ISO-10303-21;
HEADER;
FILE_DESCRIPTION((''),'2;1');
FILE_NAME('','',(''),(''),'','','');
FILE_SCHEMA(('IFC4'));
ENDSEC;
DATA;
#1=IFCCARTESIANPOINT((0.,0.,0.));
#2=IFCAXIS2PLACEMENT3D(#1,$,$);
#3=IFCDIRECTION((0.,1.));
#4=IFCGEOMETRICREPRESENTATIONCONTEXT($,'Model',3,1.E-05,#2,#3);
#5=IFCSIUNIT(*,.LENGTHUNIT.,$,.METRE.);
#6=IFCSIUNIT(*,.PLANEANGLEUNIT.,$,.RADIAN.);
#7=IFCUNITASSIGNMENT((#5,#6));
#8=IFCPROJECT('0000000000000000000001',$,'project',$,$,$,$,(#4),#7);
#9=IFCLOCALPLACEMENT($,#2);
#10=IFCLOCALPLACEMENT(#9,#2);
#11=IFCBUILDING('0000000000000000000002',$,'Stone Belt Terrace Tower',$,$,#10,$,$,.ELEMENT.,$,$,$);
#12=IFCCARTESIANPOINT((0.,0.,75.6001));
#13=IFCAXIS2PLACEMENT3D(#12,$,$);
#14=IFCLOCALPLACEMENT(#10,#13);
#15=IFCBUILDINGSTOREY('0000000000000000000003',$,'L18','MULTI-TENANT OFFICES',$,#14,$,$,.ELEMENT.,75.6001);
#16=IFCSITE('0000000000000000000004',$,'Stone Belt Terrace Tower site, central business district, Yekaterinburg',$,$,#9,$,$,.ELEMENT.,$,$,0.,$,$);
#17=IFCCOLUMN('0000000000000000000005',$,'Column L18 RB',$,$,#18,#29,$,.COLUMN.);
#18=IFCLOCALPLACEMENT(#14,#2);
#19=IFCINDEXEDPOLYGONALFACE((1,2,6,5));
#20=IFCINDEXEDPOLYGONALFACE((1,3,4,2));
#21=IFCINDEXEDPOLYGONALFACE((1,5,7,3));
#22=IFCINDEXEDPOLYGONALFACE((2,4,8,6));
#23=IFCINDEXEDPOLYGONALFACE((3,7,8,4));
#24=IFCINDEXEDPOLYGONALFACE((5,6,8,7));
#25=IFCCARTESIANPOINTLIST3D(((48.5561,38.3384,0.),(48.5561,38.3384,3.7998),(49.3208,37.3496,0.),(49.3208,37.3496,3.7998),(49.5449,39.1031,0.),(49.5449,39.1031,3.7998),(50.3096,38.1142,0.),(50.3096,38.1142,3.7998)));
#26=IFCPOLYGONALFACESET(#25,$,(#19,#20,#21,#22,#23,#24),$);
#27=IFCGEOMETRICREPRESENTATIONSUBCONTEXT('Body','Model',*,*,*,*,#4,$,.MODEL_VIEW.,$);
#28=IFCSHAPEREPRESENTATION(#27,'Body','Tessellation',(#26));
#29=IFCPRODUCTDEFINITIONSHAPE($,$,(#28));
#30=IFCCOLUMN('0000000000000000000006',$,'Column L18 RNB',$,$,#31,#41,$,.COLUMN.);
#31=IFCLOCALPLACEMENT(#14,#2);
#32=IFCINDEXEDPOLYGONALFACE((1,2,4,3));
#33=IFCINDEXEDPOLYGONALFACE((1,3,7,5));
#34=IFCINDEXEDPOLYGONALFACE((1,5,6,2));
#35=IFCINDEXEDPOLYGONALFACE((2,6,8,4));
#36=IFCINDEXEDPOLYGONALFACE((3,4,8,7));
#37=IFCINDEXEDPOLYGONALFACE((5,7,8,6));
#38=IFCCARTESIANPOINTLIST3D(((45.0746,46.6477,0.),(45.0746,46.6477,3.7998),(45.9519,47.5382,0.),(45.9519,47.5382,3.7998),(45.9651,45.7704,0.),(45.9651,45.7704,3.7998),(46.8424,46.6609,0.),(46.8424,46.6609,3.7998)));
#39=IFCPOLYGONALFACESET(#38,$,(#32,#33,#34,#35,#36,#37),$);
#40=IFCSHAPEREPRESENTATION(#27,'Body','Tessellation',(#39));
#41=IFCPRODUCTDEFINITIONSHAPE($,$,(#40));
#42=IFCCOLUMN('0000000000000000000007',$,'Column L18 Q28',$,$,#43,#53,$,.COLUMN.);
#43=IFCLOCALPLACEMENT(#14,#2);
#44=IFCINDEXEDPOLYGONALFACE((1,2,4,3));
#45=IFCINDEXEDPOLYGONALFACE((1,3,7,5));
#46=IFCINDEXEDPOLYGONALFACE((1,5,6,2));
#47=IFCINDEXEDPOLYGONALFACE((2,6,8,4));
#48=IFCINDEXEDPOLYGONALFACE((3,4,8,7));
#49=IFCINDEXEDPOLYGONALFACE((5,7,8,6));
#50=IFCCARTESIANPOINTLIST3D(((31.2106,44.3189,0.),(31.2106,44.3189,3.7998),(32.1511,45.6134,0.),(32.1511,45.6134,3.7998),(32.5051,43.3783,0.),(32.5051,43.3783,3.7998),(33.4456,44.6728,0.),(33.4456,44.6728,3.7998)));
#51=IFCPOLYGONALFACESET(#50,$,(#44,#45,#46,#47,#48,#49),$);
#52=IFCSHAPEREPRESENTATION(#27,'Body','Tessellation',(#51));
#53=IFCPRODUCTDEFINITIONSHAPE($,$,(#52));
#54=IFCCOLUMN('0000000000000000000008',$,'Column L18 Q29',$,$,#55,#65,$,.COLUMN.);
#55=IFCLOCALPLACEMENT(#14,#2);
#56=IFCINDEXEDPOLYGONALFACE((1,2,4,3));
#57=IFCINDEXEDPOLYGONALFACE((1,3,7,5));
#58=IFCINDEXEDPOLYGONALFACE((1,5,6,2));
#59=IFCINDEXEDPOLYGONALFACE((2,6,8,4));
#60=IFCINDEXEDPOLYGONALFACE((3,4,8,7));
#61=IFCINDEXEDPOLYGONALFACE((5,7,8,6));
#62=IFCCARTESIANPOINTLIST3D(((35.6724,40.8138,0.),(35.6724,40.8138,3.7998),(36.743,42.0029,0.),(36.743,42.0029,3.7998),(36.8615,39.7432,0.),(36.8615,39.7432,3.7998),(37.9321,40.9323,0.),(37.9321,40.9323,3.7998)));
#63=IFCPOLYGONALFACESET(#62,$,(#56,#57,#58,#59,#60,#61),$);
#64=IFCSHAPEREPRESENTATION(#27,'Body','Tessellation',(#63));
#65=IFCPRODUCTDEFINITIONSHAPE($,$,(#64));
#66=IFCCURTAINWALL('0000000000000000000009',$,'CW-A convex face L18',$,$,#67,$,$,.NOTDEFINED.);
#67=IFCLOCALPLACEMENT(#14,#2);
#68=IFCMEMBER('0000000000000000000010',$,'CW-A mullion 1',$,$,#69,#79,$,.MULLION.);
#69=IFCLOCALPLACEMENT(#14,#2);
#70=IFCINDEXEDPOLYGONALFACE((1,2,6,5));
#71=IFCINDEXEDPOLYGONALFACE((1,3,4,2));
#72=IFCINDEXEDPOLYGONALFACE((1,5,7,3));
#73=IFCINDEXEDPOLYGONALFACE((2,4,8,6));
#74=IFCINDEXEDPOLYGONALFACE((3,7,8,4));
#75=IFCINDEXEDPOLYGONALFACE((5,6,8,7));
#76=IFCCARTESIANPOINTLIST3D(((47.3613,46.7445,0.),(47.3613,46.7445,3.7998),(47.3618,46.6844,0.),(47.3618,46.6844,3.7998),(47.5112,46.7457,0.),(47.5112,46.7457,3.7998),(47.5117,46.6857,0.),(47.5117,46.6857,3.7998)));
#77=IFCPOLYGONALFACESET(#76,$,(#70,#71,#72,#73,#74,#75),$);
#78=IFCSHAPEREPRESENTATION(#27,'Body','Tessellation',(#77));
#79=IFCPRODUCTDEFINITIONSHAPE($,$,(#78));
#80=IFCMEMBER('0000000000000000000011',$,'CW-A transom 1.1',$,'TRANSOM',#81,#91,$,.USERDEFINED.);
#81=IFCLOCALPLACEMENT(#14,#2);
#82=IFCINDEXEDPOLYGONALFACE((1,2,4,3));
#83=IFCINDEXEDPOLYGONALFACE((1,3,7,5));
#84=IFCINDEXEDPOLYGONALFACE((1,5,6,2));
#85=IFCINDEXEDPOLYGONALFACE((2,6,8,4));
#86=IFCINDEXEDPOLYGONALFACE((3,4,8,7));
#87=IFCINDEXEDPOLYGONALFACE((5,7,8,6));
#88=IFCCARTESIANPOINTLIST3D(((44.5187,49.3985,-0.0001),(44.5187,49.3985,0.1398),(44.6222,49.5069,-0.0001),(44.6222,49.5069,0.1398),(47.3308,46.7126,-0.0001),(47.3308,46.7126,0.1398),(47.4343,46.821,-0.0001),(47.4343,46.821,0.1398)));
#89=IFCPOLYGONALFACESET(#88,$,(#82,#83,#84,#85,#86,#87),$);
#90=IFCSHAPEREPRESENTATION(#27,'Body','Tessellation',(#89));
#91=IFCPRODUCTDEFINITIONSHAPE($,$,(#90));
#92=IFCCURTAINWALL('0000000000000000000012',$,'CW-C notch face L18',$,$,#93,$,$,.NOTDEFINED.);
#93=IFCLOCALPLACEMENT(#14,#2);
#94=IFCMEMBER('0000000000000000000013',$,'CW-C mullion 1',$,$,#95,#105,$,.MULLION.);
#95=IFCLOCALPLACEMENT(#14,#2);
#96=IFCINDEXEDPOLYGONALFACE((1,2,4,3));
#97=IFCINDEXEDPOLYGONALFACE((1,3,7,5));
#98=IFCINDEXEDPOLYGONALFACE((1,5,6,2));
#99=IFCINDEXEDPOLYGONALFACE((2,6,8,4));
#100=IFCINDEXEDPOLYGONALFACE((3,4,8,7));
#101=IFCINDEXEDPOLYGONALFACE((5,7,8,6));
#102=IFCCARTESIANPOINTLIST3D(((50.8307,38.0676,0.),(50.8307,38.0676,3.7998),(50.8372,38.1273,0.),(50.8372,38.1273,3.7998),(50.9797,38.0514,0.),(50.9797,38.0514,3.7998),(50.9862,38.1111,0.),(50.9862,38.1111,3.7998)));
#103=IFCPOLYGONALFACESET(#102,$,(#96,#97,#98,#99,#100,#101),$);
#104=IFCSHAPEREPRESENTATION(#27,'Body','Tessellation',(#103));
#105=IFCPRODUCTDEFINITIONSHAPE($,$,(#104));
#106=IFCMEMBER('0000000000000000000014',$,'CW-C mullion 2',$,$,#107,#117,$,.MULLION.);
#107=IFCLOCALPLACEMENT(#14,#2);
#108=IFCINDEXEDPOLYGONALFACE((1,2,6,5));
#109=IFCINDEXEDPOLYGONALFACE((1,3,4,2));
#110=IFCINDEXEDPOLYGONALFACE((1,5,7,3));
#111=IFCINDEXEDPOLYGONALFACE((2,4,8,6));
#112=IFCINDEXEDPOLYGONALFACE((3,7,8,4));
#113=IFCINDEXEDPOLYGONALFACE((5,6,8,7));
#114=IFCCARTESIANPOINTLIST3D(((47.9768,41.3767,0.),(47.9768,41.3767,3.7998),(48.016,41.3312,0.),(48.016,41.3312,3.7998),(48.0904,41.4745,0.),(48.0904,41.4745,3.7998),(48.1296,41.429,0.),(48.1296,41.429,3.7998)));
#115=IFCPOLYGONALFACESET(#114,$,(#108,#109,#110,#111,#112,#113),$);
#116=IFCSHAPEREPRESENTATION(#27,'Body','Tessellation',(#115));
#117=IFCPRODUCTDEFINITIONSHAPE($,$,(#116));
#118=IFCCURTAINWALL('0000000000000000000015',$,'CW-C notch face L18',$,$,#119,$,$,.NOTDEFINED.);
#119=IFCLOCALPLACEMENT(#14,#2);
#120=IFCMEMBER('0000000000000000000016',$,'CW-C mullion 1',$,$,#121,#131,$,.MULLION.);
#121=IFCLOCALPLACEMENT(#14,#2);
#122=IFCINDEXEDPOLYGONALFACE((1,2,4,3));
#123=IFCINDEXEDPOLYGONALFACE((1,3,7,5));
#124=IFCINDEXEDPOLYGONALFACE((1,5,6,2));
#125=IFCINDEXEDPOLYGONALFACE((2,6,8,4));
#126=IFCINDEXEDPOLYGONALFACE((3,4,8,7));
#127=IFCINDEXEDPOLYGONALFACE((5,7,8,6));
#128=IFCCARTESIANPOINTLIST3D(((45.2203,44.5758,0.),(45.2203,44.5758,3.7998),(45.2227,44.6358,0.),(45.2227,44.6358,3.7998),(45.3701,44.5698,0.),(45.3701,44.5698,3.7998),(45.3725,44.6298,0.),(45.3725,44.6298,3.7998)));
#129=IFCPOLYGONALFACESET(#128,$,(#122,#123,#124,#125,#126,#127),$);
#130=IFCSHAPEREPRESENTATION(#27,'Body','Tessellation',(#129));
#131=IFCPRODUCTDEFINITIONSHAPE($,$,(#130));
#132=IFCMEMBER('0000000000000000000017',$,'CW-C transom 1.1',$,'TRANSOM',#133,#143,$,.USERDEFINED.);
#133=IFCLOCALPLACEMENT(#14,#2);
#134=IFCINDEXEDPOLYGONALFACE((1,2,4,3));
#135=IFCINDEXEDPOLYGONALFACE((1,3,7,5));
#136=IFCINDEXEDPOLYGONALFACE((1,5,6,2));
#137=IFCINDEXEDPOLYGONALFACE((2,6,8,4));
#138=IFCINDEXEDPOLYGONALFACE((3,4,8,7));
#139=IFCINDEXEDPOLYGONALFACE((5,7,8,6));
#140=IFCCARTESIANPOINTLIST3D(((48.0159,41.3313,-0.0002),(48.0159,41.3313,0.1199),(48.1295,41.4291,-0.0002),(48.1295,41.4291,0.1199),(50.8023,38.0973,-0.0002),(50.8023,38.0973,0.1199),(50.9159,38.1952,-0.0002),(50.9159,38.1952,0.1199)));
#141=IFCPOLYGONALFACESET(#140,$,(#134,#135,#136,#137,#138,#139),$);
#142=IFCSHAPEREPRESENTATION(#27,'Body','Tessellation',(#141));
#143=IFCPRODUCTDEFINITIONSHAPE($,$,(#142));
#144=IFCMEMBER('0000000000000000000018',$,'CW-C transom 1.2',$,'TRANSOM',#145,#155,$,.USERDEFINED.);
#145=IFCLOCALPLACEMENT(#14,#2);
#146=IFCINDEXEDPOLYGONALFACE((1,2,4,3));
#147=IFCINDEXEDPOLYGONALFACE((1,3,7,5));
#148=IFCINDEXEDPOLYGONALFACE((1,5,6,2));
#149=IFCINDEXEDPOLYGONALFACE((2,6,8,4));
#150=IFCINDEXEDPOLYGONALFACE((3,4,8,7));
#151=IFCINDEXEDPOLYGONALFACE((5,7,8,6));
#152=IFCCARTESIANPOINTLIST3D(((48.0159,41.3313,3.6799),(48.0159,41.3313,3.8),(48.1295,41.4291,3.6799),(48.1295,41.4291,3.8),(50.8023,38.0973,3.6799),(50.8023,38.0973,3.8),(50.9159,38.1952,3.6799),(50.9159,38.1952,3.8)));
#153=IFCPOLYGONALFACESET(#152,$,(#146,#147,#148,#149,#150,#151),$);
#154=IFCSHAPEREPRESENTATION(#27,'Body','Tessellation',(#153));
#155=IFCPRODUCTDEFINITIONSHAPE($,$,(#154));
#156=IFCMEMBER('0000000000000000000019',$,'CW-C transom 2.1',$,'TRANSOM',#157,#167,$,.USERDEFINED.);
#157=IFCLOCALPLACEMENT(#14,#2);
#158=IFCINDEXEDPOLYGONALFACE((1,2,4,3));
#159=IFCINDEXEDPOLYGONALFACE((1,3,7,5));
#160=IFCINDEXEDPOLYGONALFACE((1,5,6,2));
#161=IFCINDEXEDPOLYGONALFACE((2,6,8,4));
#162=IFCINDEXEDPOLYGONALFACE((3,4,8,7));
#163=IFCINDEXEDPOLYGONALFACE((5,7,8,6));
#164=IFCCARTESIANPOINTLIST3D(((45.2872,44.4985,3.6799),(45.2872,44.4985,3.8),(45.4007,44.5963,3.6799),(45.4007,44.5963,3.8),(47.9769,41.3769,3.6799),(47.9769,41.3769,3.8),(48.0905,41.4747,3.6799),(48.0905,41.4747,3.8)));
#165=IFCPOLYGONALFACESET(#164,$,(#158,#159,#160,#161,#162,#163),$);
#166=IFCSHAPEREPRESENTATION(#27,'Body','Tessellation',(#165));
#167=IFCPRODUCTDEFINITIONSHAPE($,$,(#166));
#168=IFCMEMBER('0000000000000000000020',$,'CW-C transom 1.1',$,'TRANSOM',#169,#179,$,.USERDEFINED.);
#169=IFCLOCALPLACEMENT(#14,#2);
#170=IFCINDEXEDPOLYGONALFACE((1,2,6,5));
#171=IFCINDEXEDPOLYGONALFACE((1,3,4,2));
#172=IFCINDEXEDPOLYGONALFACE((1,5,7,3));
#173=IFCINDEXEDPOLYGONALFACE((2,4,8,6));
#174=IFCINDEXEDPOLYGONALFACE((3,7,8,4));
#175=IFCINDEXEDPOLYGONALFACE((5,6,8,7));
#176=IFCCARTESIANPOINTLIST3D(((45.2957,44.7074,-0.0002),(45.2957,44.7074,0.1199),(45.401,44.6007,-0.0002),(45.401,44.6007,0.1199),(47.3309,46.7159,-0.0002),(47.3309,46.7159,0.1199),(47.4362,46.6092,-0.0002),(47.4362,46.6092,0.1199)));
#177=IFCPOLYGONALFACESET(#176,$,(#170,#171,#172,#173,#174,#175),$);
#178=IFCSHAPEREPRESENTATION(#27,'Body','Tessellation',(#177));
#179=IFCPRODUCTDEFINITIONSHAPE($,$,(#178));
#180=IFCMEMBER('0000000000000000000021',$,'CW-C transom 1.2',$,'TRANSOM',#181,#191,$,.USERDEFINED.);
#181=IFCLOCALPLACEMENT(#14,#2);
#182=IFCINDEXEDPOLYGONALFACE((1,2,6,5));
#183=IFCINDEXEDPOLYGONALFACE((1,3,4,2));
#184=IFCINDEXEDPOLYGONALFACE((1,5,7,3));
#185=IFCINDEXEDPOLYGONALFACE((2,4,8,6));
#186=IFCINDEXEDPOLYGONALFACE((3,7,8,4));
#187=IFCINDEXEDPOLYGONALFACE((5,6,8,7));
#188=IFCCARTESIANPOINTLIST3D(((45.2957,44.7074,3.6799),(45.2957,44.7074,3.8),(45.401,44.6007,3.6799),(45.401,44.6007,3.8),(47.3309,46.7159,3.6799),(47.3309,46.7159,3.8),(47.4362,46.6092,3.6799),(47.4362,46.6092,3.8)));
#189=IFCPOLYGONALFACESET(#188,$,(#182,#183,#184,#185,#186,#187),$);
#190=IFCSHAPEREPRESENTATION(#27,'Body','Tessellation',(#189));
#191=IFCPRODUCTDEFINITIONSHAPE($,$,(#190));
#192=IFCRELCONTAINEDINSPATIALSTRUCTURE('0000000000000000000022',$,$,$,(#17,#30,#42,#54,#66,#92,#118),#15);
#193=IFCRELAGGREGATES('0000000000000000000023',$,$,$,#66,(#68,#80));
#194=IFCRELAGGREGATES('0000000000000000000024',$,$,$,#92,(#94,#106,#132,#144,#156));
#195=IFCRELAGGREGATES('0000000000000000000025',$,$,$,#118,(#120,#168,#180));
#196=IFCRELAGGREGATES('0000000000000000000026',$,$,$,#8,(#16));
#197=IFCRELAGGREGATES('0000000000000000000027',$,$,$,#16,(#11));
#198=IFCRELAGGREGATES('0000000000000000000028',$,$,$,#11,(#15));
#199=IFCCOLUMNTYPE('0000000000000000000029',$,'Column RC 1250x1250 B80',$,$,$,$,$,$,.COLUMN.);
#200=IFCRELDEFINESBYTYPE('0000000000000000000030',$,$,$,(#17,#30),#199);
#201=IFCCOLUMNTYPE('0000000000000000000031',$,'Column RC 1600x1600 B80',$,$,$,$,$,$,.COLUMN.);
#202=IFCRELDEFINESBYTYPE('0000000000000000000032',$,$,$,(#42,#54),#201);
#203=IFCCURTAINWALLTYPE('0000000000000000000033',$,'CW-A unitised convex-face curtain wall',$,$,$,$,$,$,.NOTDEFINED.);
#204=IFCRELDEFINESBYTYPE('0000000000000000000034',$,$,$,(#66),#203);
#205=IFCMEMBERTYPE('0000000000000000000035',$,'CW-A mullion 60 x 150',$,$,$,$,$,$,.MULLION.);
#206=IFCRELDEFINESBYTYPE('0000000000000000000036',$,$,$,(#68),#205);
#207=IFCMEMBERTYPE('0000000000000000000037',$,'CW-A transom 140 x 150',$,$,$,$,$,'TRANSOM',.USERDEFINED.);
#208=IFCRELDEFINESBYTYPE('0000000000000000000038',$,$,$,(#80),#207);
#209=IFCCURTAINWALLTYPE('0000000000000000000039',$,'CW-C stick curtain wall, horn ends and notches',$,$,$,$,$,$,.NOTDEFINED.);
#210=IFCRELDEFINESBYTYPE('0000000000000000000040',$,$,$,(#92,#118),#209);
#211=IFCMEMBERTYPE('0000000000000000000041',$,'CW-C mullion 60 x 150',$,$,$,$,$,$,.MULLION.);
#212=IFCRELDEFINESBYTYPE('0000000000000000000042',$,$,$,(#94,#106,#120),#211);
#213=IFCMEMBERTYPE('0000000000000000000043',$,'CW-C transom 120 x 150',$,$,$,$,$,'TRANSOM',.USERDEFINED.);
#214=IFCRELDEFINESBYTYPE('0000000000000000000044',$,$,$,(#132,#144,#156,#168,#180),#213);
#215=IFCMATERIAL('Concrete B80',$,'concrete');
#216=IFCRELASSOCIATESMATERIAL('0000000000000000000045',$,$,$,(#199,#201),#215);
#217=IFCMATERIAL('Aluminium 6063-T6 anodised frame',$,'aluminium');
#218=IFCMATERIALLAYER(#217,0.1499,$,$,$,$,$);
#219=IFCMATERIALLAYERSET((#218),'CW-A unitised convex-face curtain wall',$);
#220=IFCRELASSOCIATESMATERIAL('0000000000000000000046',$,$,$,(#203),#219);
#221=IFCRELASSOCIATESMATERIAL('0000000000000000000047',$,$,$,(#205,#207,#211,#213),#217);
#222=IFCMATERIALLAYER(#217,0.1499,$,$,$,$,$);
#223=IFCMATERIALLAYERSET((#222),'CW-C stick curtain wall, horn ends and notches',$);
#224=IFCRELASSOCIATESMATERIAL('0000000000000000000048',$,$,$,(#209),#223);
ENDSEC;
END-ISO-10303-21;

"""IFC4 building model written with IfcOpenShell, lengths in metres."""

from ifc_helpers import new_model, si_unit, direction, frame, origin, origin_2d, place, context, subcontext, project, spatial, rectangle, extrude, material, layer, layer_set, material_profile, profile_set, type_object, element, aggregate, save


model = new_model("IFC4")

# Units and contexts
model_context = context("Model", 3, precision=1e-05, world=origin(), true_north=direction((0.0, 1.0)))
body_context = subcontext(model_context, "Body", "Model", "MODEL_VIEW")
ifc_project = project(units=[si_unit("LENGTHUNIT", "METRE"), si_unit("PLANEANGLEUNIT", "RADIAN")], contexts=[model_context])

# Site, building, storey
site_placement = place(None, origin())
site = spatial("IfcSite", under=ifc_project, at=site_placement, Name="Stone Belt Terrace Tower site, central business district, Yekaterinburg", CompositionType="ELEMENT", RefElevation=0.0)
building_placement = place(site_placement, origin())
building = spatial("IfcBuilding", under=site, at=building_placement, Name="Stone Belt Terrace Tower", CompositionType="ELEMENT")
storey_placement = place(building_placement, frame((0.0, 0.0, 75.6001)))
storey = spatial("IfcBuildingStorey", under=building, at=storey_placement, Name="L18", Description="MULTI-TENANT OFFICES", CompositionType="ELEMENT", Elevation=75.6001)

# Columns
ifc_material_1 = material(Name="Concrete B80", Category="concrete")
ifc_material_profile_1 = material_profile(ifc_material_1, rectangle(XDim=1.25, YDim=1.25, at=origin_2d()), Name="RC 1250x1250")
ifc_profile_set_1 = profile_set([ifc_material_profile_1], Name="Concrete B80")
column_type_1 = type_object("IfcColumnType", Name="Column RC 1250x1250 B80", PredefinedType="COLUMN", material=ifc_profile_set_1)
for number, where, z_axis, x_axis, name in (
    (1, (49.4329, 38.2263, 0.0), (0.0, 0.0, 1.0), (0.61173, -0.791067, 0.0), "Column L18 RB"),
    (2, (45.9585, 46.6543, 0.0), (0.0, 0.0, 1.0), (0.712398, -0.701775, 0.0), "Column L18 RNB"),
):
    element("IfcColumn", number, at=place(storey_placement, frame(where, z_axis=z_axis, x_axis=x_axis)), inside=storey, type_object=column_type_1, Name=name, PredefinedType="COLUMN", context=body_context, shape_type="SweptSolid", body=[
        extrude(rectangle(XDim=1.25, YDim=1.25, at=origin_2d()), origin(), (0.0, 0.0, 1.0), 3.7998),
    ])
ifc_material_profile_2 = material_profile(ifc_material_1, rectangle(XDim=1.6001, YDim=1.6001, at=origin_2d()), Name="RC 1600x1600")
ifc_profile_set_2 = profile_set([ifc_material_profile_2], Name="Concrete B80")
column_type_2 = type_object("IfcColumnType", Name="Column RC 1600x1600 B80", PredefinedType="COLUMN", material=ifc_profile_set_2)
for number, where, z_axis, x_axis, name in (
    (3, (32.3281, 44.4958, 0.0), (0.0, 0.0, 1.0), (0.809017, -0.587785, 0.0), "Column L18 Q28"),
    (4, (36.8022, 40.873, 0.0), (0.0, 0.0, 1.0), (0.743145, -0.669131, 0.0), "Column L18 Q29"),
):
    element("IfcColumn", number, at=place(storey_placement, frame(where, z_axis=z_axis, x_axis=x_axis)), inside=storey, type_object=column_type_2, Name=name, PredefinedType="COLUMN", context=body_context, shape_type="SweptSolid", body=[
        extrude(rectangle(XDim=1.6001, YDim=1.6001, at=origin_2d()), origin(), (0.0, 0.0, 1.0), 3.7998),
    ])

# Curtain walls, members
ifc_material_2 = material(Name="Aluminium 6063-T6 anodised frame", Category="aluminium")
ifc_layer_1 = layer(ifc_material_2, 0.1499)
ifc_layer_set_1 = layer_set([ifc_layer_1], Name="CW-A unitised convex-face curtain wall")
curtain_wall_type_1 = type_object("IfcCurtainWallType", Name="CW-A unitised convex-face curtain wall", PredefinedType="NOTDEFINED", material=ifc_layer_set_1)
curtain_wall_1_placement = place(storey_placement, origin())
curtain_wall_1 = element("IfcCurtainWall", 5, at=curtain_wall_1_placement, inside=storey, type_object=curtain_wall_type_1, Name="CW-A convex face L18", PredefinedType="NOTDEFINED")
ifc_material_profile_3 = material_profile(ifc_material_2, rectangle(XDim=0.1499, YDim=0.0601, at=origin_2d()), Name="Aluminium 6063-T6 60x150")
ifc_profile_set_3 = profile_set([ifc_material_profile_3], Name="Aluminium 6063-T6 anodised frame")
member_type_1 = type_object("IfcMemberType", Name="CW-A mullion 60 x 150", PredefinedType="MULLION", material=ifc_profile_set_3)
member_1_placement = place(storey_placement, frame((47.4365, 46.7151, 0.0), z_axis=(0.0, 0.0, 1.0), x_axis=(-0.999966, -0.008188, 0.0)))
member_1 = element("IfcMember", 6, at=member_1_placement, type_object=member_type_1, Name="CW-A mullion 1", PredefinedType="MULLION", context=body_context, shape_type="SweptSolid", body=[
    extrude(rectangle(XDim=0.1499, YDim=0.0601, at=origin_2d()), origin(), (0.0, 0.0, 1.0), 3.7998),
])
ifc_material_profile_4 = material_profile(ifc_material_2, rectangle(XDim=0.1499, YDim=0.1399, at=origin_2d()), Name="Aluminium 6063-T6 150x140")
ifc_profile_set_4 = profile_set([ifc_material_profile_4], Name="Aluminium 6063-T6 anodised frame")
member_type_2 = type_object("IfcMemberType", Name="CW-A transom 140 x 150", ElementType="TRANSOM", PredefinedType="USERDEFINED", material=ifc_profile_set_4)
member_2_placement = place(storey_placement, frame((47.3826, 46.7668, 0.0698), z_axis=(-0.72315, 0.690691, 0.0), x_axis=(-0.690691, -0.72315, 0.0)))
member_2 = element("IfcMember", 7, at=member_2_placement, type_object=member_type_2, Name="CW-A transom 1.1", ObjectType="TRANSOM", PredefinedType="USERDEFINED", context=body_context, shape_type="SweptSolid", body=[
    extrude(rectangle(XDim=0.1499, YDim=0.1399, at=origin_2d()), origin(), (0.0, 0.0, 1.0), 3.8887),
])
aggregate(curtain_wall_1, [member_1, member_2])
ifc_layer_2 = layer(ifc_material_2, 0.1499)
ifc_layer_set_2 = layer_set([ifc_layer_2], Name="CW-C stick curtain wall, horn ends and notches")
curtain_wall_type_2 = type_object("IfcCurtainWallType", Name="CW-C stick curtain wall, horn ends and notches", PredefinedType="NOTDEFINED", material=ifc_layer_set_2)
curtain_wall_2_placement = place(storey_placement, origin())
curtain_wall_2 = element("IfcCurtainWall", 8, at=curtain_wall_2_placement, inside=storey, type_object=curtain_wall_type_2, Name="CW-C notch face L18", PredefinedType="NOTDEFINED")
ifc_material_profile_5 = material_profile(ifc_material_2, rectangle(XDim=0.1499, YDim=0.0601, at=origin_2d()), Name="Aluminium 6063-T6 60x150")
ifc_profile_set_5 = profile_set([ifc_material_profile_5], Name="Aluminium 6063-T6 anodised frame")
member_type_3 = type_object("IfcMemberType", Name="CW-C mullion 60 x 150", PredefinedType="MULLION", material=ifc_profile_set_5)
member_3_placement = place(storey_placement, frame((50.9084, 38.0894, 0.0), z_axis=(0.0, 0.0, 1.0), x_axis=(-0.994169, 0.10783, 0.0)))
member_3 = element("IfcMember", 9, at=member_3_placement, type_object=member_type_3, Name="CW-C mullion 1", PredefinedType="MULLION", context=body_context, shape_type="SweptSolid", body=[
    extrude(rectangle(XDim=0.1499, YDim=0.0601, at=origin_2d()), origin(), (0.0, 0.0, 1.0), 3.7998),
])
member_4_placement = place(storey_placement, frame((48.0532, 41.4028, 0.0), z_axis=(0.0, 0.0, 1.0), x_axis=(-0.757584, -0.652738, 0.0)))
member_4 = element("IfcMember", 10, at=member_4_placement, type_object=member_type_3, Name="CW-C mullion 2", PredefinedType="MULLION", context=body_context, shape_type="SweptSolid", body=[
    extrude(rectangle(XDim=0.1499, YDim=0.0601, at=origin_2d()), origin(), (0.0, 0.0, 1.0), 3.7998),
])

# Curtain wall, member
curtain_wall_3_placement = place(storey_placement, origin())
curtain_wall_3 = element("IfcCurtainWall", 11, at=curtain_wall_3_placement, inside=storey, type_object=curtain_wall_type_2, Name="CW-C notch face L18", PredefinedType="NOTDEFINED")
member_5_placement = place(storey_placement, frame((45.2964, 44.6028, 0.0), z_axis=(0.0, 0.0, 1.0), x_axis=(-0.999185, 0.04036, 0.0)))
member_5 = element("IfcMember", 12, at=member_5_placement, type_object=member_type_3, Name="CW-C mullion 1", PredefinedType="MULLION", context=body_context, shape_type="SweptSolid", body=[
    extrude(rectangle(XDim=0.1499, YDim=0.0601, at=origin_2d()), origin(), (0.0, 0.0, 1.0), 3.7998),
])

# Members
ifc_material_profile_6 = material_profile(ifc_material_2, rectangle(XDim=0.1499, YDim=0.1201, at=origin_2d()), Name="Aluminium 6063-T6 150x120")
ifc_profile_set_6 = profile_set([ifc_material_profile_6], Name="Aluminium 6063-T6 anodised frame")
member_type_4 = type_object("IfcMemberType", Name="CW-C transom 120 x 150", ElementType="TRANSOM", PredefinedType="USERDEFINED", material=ifc_profile_set_6)
member_6_placement = place(storey_placement, frame((50.8591, 38.1462, 0.0598), z_axis=(-0.652744, 0.757579, 0.0), x_axis=(-0.757579, -0.652744, 0.0)))
member_6 = element("IfcMember", 13, at=member_6_placement, type_object=member_type_4, Name="CW-C transom 1.1", ObjectType="TRANSOM", PredefinedType="USERDEFINED", context=body_context, shape_type="SweptSolid", body=[
    extrude(rectangle(XDim=0.1499, YDim=0.1201, at=origin_2d()), origin(), (0.0, 0.0, 1.0), 4.2688),
])
member_7_placement = place(storey_placement, frame((50.8591, 38.1462, 3.74), z_axis=(-0.652744, 0.757579, 0.0), x_axis=(-0.757579, -0.652744, 0.0)))
member_7 = element("IfcMember", 14, at=member_7_placement, type_object=member_type_4, Name="CW-C transom 1.2", ObjectType="TRANSOM", PredefinedType="USERDEFINED", context=body_context, shape_type="SweptSolid", body=[
    extrude(rectangle(XDim=0.1499, YDim=0.1201, at=origin_2d()), origin(), (0.0, 0.0, 1.0), 4.2688),
])
member_8_placement = place(storey_placement, frame((48.0337, 41.4258, 3.74), z_axis=(-0.652756, 0.757569, 0.0), x_axis=(-0.757569, -0.652756, 0.0)))
member_8 = element("IfcMember", 15, at=member_8_placement, type_object=member_type_4, Name="CW-C transom 2.1", ObjectType="TRANSOM", PredefinedType="USERDEFINED", context=body_context, shape_type="SweptSolid", body=[
    extrude(rectangle(XDim=0.1499, YDim=0.1201, at=origin_2d()), origin(), (0.0, 0.0, 1.0), 4.1206),
])
member_9_placement = place(storey_placement, frame((45.3484, 44.6541, 0.0598), z_axis=(0.711745, 0.702438, 0.0), x_axis=(-0.702438, 0.711745, 0.0)))
member_9 = element("IfcMember", 16, at=member_9_placement, type_object=member_type_4, Name="CW-C transom 1.1", ObjectType="TRANSOM", PredefinedType="USERDEFINED", context=body_context, shape_type="SweptSolid", body=[
    extrude(rectangle(XDim=0.1499, YDim=0.1201, at=origin_2d()), origin(), (0.0, 0.0, 1.0), 2.8594),
])
member_10_placement = place(storey_placement, frame((45.3484, 44.6541, 3.74), z_axis=(0.711745, 0.702438, 0.0), x_axis=(-0.702438, 0.711745, 0.0)))
member_10 = element("IfcMember", 17, at=member_10_placement, type_object=member_type_4, Name="CW-C transom 1.2", ObjectType="TRANSOM", PredefinedType="USERDEFINED", context=body_context, shape_type="SweptSolid", body=[
    extrude(rectangle(XDim=0.1499, YDim=0.1201, at=origin_2d()), origin(), (0.0, 0.0, 1.0), 2.8594),
])

aggregate(curtain_wall_2, [member_3, member_4, member_6, member_7, member_8])
aggregate(curtain_wall_3, [member_5, member_9, member_10])

save(model, "model.ifc")
